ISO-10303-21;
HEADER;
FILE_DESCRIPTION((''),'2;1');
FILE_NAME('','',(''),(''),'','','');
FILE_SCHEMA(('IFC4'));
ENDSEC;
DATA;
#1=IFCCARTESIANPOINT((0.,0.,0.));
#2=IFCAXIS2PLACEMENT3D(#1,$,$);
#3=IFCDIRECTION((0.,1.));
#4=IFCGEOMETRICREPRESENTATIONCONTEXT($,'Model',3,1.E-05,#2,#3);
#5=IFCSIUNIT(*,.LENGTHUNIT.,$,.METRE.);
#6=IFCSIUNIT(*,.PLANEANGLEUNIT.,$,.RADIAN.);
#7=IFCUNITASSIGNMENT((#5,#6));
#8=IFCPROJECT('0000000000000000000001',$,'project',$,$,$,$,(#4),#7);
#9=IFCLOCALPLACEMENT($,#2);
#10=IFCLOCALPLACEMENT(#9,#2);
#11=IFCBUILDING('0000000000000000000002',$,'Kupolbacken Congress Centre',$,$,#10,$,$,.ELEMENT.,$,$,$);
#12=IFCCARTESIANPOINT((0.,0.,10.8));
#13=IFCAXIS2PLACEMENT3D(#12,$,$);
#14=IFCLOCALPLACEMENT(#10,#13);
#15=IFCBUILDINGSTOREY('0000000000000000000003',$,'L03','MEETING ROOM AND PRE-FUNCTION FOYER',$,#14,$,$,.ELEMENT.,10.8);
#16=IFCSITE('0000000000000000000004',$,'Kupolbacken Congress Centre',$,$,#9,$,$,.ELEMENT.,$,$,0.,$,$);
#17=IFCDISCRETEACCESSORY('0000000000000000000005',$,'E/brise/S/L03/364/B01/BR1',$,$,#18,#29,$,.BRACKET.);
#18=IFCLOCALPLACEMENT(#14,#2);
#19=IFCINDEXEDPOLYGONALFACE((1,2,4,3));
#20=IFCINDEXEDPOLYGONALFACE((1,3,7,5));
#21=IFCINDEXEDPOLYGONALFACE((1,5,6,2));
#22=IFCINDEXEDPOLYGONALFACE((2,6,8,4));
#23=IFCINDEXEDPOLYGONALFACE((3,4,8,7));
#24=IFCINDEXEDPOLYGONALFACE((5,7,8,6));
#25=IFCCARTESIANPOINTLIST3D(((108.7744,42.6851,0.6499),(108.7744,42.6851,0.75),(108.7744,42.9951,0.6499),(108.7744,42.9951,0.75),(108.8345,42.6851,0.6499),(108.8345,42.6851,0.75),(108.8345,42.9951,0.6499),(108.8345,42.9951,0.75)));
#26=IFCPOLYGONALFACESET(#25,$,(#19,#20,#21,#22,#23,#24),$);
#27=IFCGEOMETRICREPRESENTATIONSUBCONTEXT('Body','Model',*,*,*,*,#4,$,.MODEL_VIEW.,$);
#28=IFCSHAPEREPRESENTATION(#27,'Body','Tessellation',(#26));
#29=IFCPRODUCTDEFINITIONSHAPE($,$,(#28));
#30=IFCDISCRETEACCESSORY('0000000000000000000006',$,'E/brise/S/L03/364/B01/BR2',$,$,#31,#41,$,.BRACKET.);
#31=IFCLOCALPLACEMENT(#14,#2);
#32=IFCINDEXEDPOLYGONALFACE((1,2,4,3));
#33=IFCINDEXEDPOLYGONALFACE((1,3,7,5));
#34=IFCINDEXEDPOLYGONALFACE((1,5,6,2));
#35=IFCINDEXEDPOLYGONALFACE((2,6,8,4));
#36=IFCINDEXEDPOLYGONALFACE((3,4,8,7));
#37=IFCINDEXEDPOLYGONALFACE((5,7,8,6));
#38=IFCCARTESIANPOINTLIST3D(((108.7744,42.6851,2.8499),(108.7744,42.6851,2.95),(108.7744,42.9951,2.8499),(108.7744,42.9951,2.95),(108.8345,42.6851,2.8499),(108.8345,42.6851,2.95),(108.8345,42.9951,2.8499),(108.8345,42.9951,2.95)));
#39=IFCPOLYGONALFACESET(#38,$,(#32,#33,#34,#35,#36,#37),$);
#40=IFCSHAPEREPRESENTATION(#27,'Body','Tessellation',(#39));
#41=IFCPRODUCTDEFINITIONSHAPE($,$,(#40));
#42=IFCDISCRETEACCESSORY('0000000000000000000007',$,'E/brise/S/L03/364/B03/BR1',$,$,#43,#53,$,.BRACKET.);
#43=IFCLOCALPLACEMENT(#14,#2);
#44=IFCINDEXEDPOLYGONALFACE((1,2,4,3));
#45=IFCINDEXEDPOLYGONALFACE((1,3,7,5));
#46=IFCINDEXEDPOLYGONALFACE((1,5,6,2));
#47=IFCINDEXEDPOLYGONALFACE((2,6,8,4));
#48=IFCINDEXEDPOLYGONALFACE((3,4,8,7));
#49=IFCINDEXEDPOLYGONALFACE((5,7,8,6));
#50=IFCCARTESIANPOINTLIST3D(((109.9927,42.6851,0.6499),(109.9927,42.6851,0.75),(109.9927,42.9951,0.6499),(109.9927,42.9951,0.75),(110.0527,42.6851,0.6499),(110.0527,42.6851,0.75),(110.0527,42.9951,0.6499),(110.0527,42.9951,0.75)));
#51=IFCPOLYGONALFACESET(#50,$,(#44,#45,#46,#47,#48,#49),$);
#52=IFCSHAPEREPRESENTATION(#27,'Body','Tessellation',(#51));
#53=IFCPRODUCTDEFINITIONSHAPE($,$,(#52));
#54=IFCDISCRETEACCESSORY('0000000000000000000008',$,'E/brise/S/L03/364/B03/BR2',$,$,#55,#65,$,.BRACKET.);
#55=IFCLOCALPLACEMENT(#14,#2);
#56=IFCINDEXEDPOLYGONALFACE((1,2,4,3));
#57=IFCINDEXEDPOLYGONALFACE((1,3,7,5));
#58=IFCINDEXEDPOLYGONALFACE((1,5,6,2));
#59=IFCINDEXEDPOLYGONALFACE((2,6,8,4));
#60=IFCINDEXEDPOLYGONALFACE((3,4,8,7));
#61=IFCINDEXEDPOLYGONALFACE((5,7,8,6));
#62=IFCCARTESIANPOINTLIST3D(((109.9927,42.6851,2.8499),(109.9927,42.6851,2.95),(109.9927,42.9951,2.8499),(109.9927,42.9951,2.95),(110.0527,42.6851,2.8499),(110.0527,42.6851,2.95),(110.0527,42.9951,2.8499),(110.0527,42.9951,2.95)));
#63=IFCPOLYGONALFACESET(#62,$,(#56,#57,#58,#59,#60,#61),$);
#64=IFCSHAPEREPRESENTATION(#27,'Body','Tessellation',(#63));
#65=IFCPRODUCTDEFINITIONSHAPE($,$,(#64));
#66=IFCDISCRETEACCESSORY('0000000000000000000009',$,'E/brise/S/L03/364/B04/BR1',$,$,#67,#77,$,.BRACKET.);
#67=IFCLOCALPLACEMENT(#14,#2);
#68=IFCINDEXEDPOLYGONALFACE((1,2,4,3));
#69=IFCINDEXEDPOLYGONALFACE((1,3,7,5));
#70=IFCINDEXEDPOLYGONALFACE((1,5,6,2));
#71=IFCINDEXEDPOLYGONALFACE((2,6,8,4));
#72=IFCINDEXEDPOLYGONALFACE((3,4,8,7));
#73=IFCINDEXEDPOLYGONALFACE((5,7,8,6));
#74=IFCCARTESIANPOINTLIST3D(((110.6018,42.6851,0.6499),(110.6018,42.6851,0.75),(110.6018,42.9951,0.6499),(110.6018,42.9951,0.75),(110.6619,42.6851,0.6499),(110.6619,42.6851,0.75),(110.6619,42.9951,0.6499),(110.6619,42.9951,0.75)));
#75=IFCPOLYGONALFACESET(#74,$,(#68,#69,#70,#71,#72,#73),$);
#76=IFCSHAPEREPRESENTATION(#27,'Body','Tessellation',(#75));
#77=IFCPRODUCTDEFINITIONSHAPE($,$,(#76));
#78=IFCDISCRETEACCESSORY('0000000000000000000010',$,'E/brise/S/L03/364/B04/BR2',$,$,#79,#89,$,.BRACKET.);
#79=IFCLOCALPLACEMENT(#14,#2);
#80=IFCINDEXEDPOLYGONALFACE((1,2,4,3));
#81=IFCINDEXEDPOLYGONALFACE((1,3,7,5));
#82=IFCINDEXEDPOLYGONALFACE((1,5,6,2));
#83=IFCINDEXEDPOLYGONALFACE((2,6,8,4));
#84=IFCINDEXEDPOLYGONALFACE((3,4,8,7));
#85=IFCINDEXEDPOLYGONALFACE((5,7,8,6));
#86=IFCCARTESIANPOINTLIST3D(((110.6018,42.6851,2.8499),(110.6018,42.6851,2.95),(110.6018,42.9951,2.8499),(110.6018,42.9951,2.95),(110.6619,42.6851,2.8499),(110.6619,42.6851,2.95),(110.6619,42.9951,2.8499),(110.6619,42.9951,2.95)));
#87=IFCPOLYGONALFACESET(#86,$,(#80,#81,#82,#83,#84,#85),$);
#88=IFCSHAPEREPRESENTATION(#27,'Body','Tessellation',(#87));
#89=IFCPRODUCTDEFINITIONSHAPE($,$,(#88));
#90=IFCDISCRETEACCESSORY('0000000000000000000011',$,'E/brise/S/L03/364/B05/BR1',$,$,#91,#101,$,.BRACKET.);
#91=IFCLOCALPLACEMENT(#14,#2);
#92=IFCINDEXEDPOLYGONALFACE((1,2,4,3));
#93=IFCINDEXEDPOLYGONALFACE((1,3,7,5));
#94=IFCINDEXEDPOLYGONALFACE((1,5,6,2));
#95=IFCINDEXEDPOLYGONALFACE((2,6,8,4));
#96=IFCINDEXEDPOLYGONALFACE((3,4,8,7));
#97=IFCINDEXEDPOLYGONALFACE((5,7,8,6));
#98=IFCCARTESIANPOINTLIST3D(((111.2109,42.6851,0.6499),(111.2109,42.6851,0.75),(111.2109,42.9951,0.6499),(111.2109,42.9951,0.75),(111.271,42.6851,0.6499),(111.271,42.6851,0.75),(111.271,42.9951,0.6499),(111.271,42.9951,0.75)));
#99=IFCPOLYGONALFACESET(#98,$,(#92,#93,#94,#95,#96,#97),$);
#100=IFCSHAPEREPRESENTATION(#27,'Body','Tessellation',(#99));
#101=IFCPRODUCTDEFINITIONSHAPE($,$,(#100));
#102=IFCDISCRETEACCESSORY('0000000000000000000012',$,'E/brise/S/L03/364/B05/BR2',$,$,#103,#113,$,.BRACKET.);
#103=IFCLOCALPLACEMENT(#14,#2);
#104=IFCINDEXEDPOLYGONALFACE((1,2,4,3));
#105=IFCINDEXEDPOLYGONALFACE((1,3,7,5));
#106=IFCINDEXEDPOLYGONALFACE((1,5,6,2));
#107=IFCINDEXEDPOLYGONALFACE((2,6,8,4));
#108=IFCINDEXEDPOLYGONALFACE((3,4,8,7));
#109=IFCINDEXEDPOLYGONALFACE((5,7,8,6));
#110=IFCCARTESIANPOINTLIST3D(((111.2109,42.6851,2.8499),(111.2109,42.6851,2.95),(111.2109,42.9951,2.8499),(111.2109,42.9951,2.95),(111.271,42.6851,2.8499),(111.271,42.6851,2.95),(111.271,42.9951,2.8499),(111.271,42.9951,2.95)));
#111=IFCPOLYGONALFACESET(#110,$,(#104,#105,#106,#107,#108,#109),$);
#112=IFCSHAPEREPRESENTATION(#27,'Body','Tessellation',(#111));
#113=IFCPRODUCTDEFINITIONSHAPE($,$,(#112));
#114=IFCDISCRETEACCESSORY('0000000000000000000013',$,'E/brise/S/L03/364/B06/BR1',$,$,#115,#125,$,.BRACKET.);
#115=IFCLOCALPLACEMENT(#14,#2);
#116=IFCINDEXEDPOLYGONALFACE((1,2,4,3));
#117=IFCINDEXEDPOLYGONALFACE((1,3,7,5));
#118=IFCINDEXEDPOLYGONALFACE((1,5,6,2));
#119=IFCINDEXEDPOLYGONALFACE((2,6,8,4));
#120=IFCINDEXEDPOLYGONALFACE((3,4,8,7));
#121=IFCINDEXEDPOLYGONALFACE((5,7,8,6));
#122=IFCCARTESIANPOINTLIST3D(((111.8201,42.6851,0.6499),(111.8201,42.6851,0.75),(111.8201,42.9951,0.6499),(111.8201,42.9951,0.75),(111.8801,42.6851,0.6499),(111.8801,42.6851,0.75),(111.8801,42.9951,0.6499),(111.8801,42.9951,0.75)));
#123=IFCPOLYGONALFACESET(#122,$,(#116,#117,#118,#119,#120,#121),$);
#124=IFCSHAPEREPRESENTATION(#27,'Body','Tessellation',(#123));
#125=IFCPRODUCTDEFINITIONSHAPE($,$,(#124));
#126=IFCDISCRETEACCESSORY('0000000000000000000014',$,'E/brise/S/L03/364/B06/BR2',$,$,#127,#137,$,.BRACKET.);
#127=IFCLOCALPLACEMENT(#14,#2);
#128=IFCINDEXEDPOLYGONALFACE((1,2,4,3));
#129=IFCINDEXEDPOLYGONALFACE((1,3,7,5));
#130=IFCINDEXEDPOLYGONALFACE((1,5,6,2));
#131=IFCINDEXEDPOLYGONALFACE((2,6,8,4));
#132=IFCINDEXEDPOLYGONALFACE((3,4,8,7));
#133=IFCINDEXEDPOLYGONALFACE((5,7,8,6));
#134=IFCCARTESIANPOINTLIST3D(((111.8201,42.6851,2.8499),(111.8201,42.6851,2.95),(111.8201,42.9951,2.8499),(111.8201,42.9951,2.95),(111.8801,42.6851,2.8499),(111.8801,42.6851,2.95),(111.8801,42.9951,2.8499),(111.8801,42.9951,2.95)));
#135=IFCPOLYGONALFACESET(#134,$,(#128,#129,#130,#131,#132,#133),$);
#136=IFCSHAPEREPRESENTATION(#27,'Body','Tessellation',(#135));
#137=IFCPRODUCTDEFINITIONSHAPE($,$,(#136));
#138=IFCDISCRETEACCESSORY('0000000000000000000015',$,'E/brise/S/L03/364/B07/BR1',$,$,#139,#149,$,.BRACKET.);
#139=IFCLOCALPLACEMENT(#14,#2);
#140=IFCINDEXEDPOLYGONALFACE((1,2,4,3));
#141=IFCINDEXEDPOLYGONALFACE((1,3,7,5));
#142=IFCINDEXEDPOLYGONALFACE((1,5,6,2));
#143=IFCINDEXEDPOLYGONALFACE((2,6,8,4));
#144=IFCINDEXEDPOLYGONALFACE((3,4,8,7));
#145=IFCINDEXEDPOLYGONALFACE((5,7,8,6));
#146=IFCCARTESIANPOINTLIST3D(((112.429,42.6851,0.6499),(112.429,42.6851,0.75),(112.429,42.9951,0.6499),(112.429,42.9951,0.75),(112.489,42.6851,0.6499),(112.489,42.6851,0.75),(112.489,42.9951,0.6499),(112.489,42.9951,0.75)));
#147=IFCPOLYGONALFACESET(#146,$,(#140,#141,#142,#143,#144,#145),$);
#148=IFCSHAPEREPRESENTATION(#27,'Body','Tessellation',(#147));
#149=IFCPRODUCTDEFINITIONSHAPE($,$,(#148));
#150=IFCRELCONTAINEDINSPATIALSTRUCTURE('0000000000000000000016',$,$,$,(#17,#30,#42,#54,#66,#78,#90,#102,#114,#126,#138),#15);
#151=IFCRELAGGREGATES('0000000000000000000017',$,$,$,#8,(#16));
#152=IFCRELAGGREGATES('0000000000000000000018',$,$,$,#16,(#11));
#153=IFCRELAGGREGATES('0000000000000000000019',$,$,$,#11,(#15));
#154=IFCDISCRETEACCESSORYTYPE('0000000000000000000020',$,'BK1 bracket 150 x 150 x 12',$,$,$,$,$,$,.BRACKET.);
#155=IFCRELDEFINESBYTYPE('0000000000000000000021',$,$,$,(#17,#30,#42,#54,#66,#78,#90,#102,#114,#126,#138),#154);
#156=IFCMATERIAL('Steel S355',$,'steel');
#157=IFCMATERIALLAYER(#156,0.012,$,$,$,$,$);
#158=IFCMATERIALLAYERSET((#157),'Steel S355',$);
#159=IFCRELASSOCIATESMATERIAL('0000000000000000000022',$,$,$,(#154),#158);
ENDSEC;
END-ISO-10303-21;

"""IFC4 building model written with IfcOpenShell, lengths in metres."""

from ifc_helpers import new_model, si_unit, direction, frame, origin, origin_2d, place, context, subcontext, project, spatial, rectangle, extrude, material, layer, layer_set, type_object, element, save


model = new_model("IFC4")

# Units and contexts
model_context = context("Model", 3, precision=1e-05, world=origin(), true_north=direction((0.0, 1.0)))
body_context = subcontext(model_context, "Body", "Model", "MODEL_VIEW")
ifc_project = project(units=[si_unit("LENGTHUNIT", "METRE"), si_unit("PLANEANGLEUNIT", "RADIAN")], contexts=[model_context])

# Site, building, storey
site_placement = place(None, origin())
site = spatial("IfcSite", under=ifc_project, at=site_placement, Name="Kupolbacken Congress Centre", CompositionType="ELEMENT", RefElevation=0.0)
building_placement = place(site_placement, origin())
building = spatial("IfcBuilding", under=site, at=building_placement, Name="Kupolbacken Congress Centre", CompositionType="ELEMENT")
storey_placement = place(building_placement, frame((0.0, 0.0, 10.8)))
storey = spatial("IfcBuildingStorey", under=building, at=storey_placement, Name="L03", Description="MEETING ROOM AND PRE-FUNCTION FOYER", CompositionType="ELEMENT", Elevation=10.8)

# Discrete accessories
ifc_material_1 = material(Name="Steel S355", Category="steel")
ifc_layer_1 = layer(ifc_material_1, 0.012)
ifc_layer_set_1 = layer_set([ifc_layer_1], Name="Steel S355")
discrete_accessory_type = type_object("IfcDiscreteAccessoryType", Name="BK1 bracket 150 x 150 x 12", PredefinedType="BRACKET", material=ifc_layer_set_1)
for number, where, z_axis, x_axis, name in (
    (1, (108.8044, 42.8401, 0.6499), (0.0, 0.0, 1.0), (1.0, 0.0, 0.0), "E/brise/S/L03/364/B01/BR1"),
    (2, (108.8044, 42.8401, 2.8499), (0.0, 0.0, 1.0), (1.0, 0.0, 0.0), "E/brise/S/L03/364/B01/BR2"),
    (3, (110.0227, 42.8401, 0.6499), (0.0, 0.0, 1.0), (1.0, 0.0, 0.0), "E/brise/S/L03/364/B03/BR1"),
    (4, (110.0227, 42.8401, 2.8499), (0.0, 0.0, 1.0), (1.0, 0.0, 0.0), "E/brise/S/L03/364/B03/BR2"),
    (5, (110.6318, 42.8401, 0.6499), (0.0, 0.0, 1.0), (1.0, 0.0, 0.0), "E/brise/S/L03/364/B04/BR1"),
    (6, (110.6318, 42.8401, 2.8499), (0.0, 0.0, 1.0), (1.0, 0.0, 0.0), "E/brise/S/L03/364/B04/BR2"),
    (7, (111.241, 42.8401, 0.6499), (0.0, 0.0, 1.0), (1.0, 0.0, 0.0), "E/brise/S/L03/364/B05/BR1"),
    (8, (111.241, 42.8401, 2.8499), (0.0, 0.0, 1.0), (1.0, 0.0, 0.0), "E/brise/S/L03/364/B05/BR2"),
    (9, (111.8501, 42.8401, 0.6499), (0.0, 0.0, 1.0), (1.0, 0.0, 0.0), "E/brise/S/L03/364/B06/BR1"),
    (10, (111.8501, 42.8401, 2.8499), (0.0, 0.0, 1.0), (1.0, 0.0, 0.0), "E/brise/S/L03/364/B06/BR2"),
    (11, (112.459, 42.8401, 0.6499), (0.0, 0.0, 1.0), (1.0, 0.0, 0.0), "E/brise/S/L03/364/B07/BR1"),
):
    element("IfcDiscreteAccessory", number, at=place(storey_placement, frame(where, z_axis=z_axis, x_axis=x_axis)), inside=storey, type_object=discrete_accessory_type, Name=name, PredefinedType="BRACKET", context=body_context, shape_type="SweptSolid", body=[
        extrude(rectangle(XDim=0.0601, YDim=0.3101, at=origin_2d()), origin(), (0.0, 0.0, 1.0), 0.1001),
    ])

save(model, "model.ifc")
